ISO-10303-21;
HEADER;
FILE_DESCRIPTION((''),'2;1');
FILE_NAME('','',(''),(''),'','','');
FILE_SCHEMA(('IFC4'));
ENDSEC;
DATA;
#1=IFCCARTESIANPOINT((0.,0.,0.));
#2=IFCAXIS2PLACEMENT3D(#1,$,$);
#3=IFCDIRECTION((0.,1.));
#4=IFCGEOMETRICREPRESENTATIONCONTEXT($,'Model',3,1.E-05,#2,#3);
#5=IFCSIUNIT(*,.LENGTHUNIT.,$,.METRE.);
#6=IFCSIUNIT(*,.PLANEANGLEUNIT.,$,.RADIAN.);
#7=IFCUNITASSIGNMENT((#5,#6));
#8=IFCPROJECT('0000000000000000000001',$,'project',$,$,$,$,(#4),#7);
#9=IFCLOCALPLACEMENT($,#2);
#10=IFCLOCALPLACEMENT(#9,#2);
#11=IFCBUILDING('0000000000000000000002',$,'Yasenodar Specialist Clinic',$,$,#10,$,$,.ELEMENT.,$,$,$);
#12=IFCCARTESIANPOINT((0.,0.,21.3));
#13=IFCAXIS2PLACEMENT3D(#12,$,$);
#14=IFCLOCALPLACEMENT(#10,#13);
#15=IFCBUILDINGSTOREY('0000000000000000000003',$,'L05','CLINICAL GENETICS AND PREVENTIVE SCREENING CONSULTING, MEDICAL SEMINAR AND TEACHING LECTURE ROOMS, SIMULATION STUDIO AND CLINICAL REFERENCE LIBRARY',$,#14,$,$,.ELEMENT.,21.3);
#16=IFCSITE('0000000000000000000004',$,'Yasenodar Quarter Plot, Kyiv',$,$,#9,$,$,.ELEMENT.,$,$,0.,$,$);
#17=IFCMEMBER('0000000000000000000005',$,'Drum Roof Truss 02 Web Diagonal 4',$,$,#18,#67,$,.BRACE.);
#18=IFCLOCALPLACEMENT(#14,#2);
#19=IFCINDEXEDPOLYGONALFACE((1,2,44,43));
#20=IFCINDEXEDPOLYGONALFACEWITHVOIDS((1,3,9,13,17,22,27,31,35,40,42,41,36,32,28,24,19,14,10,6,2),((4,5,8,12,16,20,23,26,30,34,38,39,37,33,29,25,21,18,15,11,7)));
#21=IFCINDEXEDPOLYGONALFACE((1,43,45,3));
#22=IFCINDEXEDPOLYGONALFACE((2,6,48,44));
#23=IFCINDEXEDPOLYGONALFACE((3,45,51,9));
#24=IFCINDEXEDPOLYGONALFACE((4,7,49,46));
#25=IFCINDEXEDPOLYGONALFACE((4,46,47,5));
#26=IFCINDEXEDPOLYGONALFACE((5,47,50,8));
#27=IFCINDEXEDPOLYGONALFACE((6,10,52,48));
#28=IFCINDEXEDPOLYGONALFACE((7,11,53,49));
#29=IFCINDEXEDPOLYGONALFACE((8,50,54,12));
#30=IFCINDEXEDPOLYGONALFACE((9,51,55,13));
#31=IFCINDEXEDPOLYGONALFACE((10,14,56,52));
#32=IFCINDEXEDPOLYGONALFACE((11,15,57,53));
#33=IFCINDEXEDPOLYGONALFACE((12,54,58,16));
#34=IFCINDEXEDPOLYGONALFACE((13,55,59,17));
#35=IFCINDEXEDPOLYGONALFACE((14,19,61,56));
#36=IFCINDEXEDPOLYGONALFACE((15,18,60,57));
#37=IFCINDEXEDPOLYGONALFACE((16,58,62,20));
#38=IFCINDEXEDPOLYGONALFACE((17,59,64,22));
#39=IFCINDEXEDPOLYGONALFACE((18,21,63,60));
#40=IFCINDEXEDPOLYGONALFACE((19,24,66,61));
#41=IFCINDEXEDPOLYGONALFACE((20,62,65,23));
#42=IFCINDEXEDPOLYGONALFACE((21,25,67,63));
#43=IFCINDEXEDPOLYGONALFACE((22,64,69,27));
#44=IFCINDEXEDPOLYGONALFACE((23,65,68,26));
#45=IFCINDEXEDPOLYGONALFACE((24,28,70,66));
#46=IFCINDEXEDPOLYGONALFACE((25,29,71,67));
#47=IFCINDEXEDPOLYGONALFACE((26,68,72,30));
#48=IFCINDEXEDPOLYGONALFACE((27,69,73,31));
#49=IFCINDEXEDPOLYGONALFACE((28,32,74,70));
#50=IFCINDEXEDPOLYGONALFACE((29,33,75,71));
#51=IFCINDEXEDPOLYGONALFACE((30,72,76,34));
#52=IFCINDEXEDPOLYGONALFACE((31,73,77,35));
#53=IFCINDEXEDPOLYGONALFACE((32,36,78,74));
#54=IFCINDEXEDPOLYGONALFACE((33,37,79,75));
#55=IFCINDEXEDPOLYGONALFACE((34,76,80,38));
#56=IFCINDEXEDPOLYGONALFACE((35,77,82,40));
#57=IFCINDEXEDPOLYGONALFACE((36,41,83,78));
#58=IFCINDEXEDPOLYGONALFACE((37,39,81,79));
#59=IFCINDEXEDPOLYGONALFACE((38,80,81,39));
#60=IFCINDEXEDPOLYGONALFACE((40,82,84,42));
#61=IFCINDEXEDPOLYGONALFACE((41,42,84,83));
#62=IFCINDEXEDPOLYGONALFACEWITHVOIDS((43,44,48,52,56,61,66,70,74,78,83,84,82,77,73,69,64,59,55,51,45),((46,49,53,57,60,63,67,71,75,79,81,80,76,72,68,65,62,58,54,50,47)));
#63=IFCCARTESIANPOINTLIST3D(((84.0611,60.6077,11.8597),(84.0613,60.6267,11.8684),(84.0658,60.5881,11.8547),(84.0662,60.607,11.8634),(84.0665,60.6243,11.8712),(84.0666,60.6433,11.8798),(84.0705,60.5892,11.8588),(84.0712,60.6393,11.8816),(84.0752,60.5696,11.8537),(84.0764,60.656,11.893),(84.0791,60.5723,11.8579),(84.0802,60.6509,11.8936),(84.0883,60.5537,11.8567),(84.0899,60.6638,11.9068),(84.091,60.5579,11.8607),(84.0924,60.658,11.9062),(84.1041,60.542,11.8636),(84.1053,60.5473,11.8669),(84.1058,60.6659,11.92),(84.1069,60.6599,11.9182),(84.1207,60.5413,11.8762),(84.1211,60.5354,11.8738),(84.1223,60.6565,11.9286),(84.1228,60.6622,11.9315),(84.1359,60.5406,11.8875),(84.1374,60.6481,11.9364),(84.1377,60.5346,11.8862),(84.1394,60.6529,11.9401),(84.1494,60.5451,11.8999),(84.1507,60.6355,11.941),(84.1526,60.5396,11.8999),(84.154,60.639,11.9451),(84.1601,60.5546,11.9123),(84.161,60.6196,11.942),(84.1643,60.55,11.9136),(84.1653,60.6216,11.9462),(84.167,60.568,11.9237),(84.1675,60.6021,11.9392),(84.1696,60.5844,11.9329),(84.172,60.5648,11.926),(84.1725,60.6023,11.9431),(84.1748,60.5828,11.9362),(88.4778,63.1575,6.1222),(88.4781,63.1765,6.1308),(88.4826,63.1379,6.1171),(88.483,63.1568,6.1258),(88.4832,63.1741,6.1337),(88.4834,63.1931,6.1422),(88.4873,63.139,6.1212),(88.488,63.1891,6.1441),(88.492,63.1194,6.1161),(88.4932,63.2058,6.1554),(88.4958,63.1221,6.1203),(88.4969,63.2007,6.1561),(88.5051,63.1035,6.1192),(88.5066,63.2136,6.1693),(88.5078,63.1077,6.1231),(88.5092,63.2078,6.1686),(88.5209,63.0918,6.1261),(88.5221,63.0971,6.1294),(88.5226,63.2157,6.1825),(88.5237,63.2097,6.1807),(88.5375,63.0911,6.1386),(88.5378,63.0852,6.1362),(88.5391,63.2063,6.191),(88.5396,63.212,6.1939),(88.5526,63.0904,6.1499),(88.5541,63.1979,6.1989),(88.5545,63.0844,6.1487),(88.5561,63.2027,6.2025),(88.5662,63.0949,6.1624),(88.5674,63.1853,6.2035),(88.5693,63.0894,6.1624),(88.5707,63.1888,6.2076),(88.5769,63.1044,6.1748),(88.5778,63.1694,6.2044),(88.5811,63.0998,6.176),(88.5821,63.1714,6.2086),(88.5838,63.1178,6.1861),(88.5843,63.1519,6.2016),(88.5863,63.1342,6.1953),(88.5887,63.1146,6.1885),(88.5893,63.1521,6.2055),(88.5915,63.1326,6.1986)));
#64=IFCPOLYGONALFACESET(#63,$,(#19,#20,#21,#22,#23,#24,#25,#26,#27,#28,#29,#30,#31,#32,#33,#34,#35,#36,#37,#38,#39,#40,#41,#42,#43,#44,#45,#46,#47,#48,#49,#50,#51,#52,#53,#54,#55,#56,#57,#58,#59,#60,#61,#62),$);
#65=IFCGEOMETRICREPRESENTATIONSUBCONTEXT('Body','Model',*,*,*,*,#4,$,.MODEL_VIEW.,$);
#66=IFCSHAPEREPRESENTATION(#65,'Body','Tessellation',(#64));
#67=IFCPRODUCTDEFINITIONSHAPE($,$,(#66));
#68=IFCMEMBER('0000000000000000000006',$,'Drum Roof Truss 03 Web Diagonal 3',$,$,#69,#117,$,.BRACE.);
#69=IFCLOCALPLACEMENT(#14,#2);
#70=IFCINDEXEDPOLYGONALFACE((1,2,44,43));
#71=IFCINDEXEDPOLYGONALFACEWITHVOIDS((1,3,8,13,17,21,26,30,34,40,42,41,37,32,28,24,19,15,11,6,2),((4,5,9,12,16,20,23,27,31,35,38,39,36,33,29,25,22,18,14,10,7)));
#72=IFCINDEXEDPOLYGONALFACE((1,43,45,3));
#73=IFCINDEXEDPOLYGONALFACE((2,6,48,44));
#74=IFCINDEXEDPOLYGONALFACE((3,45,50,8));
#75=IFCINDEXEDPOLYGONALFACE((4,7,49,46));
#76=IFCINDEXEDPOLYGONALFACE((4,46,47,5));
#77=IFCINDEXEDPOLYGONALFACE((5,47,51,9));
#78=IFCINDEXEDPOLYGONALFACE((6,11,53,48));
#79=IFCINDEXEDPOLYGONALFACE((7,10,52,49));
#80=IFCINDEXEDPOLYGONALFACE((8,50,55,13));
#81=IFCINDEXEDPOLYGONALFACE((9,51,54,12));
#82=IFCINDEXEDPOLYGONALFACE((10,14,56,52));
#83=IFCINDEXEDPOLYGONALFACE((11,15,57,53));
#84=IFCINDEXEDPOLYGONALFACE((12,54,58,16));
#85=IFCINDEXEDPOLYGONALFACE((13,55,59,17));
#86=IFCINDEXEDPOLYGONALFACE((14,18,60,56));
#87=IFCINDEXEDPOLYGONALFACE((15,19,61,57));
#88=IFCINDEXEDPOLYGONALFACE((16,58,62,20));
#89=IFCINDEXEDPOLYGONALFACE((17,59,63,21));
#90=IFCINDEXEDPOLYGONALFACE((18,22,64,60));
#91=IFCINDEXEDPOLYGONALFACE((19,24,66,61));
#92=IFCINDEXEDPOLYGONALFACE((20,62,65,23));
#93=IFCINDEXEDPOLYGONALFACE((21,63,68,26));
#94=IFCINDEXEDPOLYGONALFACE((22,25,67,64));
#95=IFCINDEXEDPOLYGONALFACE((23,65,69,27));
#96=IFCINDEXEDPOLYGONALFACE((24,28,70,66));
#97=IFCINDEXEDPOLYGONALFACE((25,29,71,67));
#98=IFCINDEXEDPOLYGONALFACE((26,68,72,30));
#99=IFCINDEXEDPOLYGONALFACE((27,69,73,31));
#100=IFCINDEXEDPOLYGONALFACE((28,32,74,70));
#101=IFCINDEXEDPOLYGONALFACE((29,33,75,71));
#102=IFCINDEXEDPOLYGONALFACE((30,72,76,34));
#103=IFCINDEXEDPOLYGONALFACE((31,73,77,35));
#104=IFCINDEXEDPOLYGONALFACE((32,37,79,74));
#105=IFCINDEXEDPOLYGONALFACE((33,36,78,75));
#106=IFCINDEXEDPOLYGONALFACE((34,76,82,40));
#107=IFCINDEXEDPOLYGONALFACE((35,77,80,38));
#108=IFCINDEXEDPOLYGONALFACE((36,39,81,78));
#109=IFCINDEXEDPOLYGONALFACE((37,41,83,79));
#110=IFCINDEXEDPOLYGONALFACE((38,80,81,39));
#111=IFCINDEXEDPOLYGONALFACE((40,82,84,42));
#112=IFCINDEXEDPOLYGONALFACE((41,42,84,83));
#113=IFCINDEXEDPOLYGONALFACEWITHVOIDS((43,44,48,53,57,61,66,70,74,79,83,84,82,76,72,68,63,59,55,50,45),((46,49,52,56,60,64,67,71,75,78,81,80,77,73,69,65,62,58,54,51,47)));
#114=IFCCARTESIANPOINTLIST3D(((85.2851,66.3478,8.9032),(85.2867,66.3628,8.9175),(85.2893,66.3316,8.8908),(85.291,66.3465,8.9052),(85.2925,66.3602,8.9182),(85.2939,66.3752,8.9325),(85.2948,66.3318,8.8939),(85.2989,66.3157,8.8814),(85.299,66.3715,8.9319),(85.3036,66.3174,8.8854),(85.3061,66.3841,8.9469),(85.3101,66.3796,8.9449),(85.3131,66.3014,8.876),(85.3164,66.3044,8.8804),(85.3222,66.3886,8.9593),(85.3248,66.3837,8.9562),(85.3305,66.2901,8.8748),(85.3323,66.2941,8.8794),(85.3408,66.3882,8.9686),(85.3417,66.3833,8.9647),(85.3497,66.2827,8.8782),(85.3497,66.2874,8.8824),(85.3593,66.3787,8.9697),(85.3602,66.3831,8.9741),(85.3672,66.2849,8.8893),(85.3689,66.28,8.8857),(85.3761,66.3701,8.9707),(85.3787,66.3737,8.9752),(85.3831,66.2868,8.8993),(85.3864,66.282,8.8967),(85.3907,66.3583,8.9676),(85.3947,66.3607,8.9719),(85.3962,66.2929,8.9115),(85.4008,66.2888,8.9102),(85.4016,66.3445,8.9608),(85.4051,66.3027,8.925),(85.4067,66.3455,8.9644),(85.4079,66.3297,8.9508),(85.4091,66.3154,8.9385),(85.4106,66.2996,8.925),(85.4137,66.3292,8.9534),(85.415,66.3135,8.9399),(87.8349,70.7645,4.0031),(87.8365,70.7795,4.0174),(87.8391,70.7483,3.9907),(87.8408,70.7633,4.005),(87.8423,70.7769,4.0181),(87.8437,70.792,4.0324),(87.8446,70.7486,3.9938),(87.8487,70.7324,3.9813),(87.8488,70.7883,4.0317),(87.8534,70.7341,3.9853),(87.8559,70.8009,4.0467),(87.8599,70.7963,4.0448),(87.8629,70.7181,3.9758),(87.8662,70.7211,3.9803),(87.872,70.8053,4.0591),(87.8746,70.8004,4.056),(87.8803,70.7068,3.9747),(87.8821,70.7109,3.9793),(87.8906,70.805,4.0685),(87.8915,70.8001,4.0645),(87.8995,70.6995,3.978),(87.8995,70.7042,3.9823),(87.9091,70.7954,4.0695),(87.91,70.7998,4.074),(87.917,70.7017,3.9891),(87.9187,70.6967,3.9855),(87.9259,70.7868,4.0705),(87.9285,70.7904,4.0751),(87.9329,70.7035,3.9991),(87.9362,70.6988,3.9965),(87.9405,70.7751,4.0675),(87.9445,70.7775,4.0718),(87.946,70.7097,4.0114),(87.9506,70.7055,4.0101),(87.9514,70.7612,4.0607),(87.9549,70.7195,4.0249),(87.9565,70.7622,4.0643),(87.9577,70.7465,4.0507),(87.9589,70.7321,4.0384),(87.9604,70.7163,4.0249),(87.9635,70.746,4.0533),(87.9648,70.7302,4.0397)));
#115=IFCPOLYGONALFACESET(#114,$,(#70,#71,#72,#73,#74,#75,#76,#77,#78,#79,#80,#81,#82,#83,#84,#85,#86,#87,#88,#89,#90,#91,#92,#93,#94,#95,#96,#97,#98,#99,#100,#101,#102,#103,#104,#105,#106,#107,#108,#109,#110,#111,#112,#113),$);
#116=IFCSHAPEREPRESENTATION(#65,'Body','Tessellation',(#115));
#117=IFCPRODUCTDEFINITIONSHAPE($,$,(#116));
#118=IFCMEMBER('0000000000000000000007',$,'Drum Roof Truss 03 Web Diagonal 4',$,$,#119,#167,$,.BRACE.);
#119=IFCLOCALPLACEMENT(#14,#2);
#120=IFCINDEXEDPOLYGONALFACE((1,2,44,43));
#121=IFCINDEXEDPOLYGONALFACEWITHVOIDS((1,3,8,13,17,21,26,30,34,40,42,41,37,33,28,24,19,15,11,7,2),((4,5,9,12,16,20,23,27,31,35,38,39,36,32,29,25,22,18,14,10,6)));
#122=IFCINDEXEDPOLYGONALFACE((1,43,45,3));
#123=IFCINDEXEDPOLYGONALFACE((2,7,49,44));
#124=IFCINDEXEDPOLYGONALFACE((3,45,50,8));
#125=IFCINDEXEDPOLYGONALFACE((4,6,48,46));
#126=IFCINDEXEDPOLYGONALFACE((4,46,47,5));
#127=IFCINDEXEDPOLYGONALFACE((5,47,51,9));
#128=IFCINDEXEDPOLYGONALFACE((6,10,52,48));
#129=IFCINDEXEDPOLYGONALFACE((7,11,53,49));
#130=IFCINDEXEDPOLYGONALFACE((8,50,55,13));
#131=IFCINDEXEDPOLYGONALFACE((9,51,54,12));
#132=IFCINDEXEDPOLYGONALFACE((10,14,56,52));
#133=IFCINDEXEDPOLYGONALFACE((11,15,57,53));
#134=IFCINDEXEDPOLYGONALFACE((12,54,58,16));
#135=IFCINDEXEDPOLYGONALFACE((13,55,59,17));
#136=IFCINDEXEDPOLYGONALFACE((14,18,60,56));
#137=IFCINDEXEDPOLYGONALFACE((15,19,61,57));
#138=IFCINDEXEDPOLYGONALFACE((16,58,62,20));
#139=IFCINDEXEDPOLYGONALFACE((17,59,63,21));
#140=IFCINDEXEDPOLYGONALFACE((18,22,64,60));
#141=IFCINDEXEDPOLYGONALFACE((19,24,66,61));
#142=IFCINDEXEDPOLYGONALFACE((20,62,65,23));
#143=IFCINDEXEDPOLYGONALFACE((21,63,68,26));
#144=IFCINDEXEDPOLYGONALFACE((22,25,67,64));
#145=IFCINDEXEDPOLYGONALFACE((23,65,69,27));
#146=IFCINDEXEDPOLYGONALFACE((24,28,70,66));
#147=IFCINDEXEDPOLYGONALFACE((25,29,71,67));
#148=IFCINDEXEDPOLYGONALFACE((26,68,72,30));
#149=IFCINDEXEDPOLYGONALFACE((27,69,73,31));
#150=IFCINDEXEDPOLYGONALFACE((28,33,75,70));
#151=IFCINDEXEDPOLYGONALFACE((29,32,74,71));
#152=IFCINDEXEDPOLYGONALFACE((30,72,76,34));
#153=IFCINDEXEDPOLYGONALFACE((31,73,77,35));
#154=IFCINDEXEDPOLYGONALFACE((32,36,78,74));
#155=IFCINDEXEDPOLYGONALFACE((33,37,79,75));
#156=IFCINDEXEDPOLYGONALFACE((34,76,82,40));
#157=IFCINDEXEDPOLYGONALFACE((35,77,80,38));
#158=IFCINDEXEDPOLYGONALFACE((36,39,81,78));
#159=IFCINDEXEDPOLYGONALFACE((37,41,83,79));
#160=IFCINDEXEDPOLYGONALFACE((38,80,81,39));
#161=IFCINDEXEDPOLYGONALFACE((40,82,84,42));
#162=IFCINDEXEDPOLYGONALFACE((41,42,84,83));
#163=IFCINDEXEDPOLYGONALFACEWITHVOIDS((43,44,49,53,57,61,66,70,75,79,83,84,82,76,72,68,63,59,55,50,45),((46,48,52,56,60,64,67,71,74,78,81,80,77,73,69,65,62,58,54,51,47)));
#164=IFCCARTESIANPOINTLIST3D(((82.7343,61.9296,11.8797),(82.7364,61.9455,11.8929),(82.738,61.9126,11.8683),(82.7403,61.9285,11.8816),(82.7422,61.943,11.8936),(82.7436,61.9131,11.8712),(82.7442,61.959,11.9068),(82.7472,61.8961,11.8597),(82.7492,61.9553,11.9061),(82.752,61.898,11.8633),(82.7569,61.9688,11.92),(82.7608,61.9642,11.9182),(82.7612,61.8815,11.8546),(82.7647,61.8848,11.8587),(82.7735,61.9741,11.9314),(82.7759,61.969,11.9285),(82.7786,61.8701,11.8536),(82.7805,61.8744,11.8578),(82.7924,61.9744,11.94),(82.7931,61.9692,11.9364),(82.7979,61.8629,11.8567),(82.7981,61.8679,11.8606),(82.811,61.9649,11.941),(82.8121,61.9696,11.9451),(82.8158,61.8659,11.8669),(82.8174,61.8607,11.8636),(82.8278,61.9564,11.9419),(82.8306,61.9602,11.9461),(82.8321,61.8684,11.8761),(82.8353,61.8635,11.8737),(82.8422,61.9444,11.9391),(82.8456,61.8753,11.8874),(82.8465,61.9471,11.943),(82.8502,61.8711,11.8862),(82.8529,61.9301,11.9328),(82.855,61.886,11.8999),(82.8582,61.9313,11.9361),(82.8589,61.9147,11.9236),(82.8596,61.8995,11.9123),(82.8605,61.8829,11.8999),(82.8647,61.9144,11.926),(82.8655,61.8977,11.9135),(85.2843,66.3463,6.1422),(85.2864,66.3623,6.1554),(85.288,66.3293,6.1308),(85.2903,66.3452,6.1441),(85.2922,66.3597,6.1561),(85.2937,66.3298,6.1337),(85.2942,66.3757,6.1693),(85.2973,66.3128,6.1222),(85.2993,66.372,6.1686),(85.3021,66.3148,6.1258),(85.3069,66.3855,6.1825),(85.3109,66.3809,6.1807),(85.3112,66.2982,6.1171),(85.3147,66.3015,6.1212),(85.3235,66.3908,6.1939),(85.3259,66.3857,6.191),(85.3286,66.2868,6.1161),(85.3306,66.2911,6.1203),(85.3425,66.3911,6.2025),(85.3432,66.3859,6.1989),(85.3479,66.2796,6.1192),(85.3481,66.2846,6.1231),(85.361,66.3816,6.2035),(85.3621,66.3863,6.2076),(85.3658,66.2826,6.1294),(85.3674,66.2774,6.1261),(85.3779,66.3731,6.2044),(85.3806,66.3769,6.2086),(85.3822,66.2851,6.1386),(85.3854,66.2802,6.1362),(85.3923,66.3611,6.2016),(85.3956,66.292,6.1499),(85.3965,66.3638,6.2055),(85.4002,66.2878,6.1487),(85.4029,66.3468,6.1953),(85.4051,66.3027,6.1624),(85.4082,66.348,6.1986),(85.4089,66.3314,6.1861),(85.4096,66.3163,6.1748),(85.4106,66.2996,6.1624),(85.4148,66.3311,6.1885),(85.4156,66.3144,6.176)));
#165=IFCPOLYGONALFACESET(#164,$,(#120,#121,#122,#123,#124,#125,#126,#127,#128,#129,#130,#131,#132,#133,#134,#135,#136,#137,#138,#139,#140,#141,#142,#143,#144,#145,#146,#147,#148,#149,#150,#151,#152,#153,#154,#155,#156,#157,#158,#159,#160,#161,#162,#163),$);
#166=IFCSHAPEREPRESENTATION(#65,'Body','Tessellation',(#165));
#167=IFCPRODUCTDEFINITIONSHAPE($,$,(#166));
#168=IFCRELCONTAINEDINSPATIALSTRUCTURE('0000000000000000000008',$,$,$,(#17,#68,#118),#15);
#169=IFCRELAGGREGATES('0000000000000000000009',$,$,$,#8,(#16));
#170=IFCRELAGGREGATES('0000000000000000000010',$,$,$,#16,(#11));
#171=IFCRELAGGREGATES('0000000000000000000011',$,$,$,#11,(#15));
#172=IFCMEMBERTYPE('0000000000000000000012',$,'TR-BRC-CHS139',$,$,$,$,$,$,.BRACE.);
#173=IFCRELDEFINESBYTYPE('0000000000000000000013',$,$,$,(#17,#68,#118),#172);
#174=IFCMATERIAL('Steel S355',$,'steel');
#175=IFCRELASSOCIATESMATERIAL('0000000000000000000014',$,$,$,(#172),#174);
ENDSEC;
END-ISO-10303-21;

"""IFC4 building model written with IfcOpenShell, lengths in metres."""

from ifc_helpers import new_model, si_unit, direction, frame, origin, origin_2d, place, context, subcontext, project, spatial, hollow_circle, extrude, material, material_profile, profile_set, type_object, element, save


model = new_model("IFC4")

# Units and contexts
model_context = context("Model", 3, precision=1e-05, world=origin(), true_north=direction((0.0, 1.0)))
body_context = subcontext(model_context, "Body", "Model", "MODEL_VIEW")
ifc_project = project(units=[si_unit("LENGTHUNIT", "METRE"), si_unit("PLANEANGLEUNIT", "RADIAN")], contexts=[model_context])

# Site, building, storey
site_placement = place(None, origin())
site = spatial("IfcSite", under=ifc_project, at=site_placement, Name="Yasenodar Quarter Plot, Kyiv", CompositionType="ELEMENT", RefElevation=0.0)
building_placement = place(site_placement, origin())
building = spatial("IfcBuilding", under=site, at=building_placement, Name="Yasenodar Specialist Clinic", CompositionType="ELEMENT")
storey_placement = place(building_placement, frame((0.0, 0.0, 21.3)))
storey = spatial("IfcBuildingStorey", under=building, at=storey_placement, Name="L05", Description="CLINICAL GENETICS AND PREVENTIVE SCREENING CONSULTING, MEDICAL SEMINAR AND TEACHING LECTURE ROOMS, SIMULATION STUDIO AND CLINICAL REFERENCE LIBRARY", CompositionType="ELEMENT", Elevation=21.3)

# Shared definitions
ifc_material = material(Name="Steel S355", Category="steel")

# Members
ifc_material_profile_1 = material_profile(ifc_material, hollow_circle(Radius=0.0698, WallThickness=0.0063, at=origin_2d()), Name="CHS 139.7x6.3")
ifc_profile_set_1 = profile_set([ifc_material_profile_1], Name="Steel S355")
member_type_1 = type_object("IfcMemberType", Name="TR-BRC-CHS139", PredefinedType="BRACE", material=ifc_profile_set_1)
member_1_placement = place(storey_placement, frame((88.5344, 63.1499, 6.1624), z_axis=(-0.57536, -0.332157, 0.747417), x_axis=(0.49997, -0.866043, 0.0)))
element("IfcMember", 1, at=member_1_placement, inside=storey, type_object=member_type_1, Name="Drum Roof Truss 02 Web Diagonal 4", PredefinedType="BRACE", context=body_context, shape_type="SweptSolid", body=[
    extrude(hollow_circle(Radius=0.0698, WallThickness=0.0063, at=origin_2d()), origin(), (0.0, 0.0, 1.0), 7.6765),
])
member_2_placement = place(storey_placement, frame((87.8999, 70.7512, 4.0249), z_axis=(-0.360523, -0.624494, 0.692843), x_axis=(0.866043, -0.49997, 0.0)))
element("IfcMember", 2, at=member_2_placement, inside=storey, type_object=member_type_1, Name="Drum Roof Truss 03 Web Diagonal 3", PredefinedType="BRACE", context=body_context, shape_type="SweptSolid", body=[
    extrude(hollow_circle(Radius=0.0698, WallThickness=0.0063, at=origin_2d()), origin(), (0.0, 0.0, 1.0), 7.0725),
])
for number, where, z_axis, x_axis, name in (
    (3, (85.3501, 66.3345, 6.1624), (-0.332186, -0.575354, 0.74741), (0.866022, -0.500006, 0.0), "Drum Roof Truss 03 Web Diagonal 4"),
):
    element("IfcMember", number, at=place(storey_placement, frame(where, z_axis=z_axis, x_axis=x_axis)), inside=storey, type_object=member_type_1, Name=name, PredefinedType="BRACE", context=body_context, shape_type="SweptSolid", body=[
        extrude(hollow_circle(Radius=0.0698, WallThickness=0.0063, at=origin_2d()), origin(), (0.0, 0.0, 1.0), 7.6765),
    ])

save(model, "model.ifc")
